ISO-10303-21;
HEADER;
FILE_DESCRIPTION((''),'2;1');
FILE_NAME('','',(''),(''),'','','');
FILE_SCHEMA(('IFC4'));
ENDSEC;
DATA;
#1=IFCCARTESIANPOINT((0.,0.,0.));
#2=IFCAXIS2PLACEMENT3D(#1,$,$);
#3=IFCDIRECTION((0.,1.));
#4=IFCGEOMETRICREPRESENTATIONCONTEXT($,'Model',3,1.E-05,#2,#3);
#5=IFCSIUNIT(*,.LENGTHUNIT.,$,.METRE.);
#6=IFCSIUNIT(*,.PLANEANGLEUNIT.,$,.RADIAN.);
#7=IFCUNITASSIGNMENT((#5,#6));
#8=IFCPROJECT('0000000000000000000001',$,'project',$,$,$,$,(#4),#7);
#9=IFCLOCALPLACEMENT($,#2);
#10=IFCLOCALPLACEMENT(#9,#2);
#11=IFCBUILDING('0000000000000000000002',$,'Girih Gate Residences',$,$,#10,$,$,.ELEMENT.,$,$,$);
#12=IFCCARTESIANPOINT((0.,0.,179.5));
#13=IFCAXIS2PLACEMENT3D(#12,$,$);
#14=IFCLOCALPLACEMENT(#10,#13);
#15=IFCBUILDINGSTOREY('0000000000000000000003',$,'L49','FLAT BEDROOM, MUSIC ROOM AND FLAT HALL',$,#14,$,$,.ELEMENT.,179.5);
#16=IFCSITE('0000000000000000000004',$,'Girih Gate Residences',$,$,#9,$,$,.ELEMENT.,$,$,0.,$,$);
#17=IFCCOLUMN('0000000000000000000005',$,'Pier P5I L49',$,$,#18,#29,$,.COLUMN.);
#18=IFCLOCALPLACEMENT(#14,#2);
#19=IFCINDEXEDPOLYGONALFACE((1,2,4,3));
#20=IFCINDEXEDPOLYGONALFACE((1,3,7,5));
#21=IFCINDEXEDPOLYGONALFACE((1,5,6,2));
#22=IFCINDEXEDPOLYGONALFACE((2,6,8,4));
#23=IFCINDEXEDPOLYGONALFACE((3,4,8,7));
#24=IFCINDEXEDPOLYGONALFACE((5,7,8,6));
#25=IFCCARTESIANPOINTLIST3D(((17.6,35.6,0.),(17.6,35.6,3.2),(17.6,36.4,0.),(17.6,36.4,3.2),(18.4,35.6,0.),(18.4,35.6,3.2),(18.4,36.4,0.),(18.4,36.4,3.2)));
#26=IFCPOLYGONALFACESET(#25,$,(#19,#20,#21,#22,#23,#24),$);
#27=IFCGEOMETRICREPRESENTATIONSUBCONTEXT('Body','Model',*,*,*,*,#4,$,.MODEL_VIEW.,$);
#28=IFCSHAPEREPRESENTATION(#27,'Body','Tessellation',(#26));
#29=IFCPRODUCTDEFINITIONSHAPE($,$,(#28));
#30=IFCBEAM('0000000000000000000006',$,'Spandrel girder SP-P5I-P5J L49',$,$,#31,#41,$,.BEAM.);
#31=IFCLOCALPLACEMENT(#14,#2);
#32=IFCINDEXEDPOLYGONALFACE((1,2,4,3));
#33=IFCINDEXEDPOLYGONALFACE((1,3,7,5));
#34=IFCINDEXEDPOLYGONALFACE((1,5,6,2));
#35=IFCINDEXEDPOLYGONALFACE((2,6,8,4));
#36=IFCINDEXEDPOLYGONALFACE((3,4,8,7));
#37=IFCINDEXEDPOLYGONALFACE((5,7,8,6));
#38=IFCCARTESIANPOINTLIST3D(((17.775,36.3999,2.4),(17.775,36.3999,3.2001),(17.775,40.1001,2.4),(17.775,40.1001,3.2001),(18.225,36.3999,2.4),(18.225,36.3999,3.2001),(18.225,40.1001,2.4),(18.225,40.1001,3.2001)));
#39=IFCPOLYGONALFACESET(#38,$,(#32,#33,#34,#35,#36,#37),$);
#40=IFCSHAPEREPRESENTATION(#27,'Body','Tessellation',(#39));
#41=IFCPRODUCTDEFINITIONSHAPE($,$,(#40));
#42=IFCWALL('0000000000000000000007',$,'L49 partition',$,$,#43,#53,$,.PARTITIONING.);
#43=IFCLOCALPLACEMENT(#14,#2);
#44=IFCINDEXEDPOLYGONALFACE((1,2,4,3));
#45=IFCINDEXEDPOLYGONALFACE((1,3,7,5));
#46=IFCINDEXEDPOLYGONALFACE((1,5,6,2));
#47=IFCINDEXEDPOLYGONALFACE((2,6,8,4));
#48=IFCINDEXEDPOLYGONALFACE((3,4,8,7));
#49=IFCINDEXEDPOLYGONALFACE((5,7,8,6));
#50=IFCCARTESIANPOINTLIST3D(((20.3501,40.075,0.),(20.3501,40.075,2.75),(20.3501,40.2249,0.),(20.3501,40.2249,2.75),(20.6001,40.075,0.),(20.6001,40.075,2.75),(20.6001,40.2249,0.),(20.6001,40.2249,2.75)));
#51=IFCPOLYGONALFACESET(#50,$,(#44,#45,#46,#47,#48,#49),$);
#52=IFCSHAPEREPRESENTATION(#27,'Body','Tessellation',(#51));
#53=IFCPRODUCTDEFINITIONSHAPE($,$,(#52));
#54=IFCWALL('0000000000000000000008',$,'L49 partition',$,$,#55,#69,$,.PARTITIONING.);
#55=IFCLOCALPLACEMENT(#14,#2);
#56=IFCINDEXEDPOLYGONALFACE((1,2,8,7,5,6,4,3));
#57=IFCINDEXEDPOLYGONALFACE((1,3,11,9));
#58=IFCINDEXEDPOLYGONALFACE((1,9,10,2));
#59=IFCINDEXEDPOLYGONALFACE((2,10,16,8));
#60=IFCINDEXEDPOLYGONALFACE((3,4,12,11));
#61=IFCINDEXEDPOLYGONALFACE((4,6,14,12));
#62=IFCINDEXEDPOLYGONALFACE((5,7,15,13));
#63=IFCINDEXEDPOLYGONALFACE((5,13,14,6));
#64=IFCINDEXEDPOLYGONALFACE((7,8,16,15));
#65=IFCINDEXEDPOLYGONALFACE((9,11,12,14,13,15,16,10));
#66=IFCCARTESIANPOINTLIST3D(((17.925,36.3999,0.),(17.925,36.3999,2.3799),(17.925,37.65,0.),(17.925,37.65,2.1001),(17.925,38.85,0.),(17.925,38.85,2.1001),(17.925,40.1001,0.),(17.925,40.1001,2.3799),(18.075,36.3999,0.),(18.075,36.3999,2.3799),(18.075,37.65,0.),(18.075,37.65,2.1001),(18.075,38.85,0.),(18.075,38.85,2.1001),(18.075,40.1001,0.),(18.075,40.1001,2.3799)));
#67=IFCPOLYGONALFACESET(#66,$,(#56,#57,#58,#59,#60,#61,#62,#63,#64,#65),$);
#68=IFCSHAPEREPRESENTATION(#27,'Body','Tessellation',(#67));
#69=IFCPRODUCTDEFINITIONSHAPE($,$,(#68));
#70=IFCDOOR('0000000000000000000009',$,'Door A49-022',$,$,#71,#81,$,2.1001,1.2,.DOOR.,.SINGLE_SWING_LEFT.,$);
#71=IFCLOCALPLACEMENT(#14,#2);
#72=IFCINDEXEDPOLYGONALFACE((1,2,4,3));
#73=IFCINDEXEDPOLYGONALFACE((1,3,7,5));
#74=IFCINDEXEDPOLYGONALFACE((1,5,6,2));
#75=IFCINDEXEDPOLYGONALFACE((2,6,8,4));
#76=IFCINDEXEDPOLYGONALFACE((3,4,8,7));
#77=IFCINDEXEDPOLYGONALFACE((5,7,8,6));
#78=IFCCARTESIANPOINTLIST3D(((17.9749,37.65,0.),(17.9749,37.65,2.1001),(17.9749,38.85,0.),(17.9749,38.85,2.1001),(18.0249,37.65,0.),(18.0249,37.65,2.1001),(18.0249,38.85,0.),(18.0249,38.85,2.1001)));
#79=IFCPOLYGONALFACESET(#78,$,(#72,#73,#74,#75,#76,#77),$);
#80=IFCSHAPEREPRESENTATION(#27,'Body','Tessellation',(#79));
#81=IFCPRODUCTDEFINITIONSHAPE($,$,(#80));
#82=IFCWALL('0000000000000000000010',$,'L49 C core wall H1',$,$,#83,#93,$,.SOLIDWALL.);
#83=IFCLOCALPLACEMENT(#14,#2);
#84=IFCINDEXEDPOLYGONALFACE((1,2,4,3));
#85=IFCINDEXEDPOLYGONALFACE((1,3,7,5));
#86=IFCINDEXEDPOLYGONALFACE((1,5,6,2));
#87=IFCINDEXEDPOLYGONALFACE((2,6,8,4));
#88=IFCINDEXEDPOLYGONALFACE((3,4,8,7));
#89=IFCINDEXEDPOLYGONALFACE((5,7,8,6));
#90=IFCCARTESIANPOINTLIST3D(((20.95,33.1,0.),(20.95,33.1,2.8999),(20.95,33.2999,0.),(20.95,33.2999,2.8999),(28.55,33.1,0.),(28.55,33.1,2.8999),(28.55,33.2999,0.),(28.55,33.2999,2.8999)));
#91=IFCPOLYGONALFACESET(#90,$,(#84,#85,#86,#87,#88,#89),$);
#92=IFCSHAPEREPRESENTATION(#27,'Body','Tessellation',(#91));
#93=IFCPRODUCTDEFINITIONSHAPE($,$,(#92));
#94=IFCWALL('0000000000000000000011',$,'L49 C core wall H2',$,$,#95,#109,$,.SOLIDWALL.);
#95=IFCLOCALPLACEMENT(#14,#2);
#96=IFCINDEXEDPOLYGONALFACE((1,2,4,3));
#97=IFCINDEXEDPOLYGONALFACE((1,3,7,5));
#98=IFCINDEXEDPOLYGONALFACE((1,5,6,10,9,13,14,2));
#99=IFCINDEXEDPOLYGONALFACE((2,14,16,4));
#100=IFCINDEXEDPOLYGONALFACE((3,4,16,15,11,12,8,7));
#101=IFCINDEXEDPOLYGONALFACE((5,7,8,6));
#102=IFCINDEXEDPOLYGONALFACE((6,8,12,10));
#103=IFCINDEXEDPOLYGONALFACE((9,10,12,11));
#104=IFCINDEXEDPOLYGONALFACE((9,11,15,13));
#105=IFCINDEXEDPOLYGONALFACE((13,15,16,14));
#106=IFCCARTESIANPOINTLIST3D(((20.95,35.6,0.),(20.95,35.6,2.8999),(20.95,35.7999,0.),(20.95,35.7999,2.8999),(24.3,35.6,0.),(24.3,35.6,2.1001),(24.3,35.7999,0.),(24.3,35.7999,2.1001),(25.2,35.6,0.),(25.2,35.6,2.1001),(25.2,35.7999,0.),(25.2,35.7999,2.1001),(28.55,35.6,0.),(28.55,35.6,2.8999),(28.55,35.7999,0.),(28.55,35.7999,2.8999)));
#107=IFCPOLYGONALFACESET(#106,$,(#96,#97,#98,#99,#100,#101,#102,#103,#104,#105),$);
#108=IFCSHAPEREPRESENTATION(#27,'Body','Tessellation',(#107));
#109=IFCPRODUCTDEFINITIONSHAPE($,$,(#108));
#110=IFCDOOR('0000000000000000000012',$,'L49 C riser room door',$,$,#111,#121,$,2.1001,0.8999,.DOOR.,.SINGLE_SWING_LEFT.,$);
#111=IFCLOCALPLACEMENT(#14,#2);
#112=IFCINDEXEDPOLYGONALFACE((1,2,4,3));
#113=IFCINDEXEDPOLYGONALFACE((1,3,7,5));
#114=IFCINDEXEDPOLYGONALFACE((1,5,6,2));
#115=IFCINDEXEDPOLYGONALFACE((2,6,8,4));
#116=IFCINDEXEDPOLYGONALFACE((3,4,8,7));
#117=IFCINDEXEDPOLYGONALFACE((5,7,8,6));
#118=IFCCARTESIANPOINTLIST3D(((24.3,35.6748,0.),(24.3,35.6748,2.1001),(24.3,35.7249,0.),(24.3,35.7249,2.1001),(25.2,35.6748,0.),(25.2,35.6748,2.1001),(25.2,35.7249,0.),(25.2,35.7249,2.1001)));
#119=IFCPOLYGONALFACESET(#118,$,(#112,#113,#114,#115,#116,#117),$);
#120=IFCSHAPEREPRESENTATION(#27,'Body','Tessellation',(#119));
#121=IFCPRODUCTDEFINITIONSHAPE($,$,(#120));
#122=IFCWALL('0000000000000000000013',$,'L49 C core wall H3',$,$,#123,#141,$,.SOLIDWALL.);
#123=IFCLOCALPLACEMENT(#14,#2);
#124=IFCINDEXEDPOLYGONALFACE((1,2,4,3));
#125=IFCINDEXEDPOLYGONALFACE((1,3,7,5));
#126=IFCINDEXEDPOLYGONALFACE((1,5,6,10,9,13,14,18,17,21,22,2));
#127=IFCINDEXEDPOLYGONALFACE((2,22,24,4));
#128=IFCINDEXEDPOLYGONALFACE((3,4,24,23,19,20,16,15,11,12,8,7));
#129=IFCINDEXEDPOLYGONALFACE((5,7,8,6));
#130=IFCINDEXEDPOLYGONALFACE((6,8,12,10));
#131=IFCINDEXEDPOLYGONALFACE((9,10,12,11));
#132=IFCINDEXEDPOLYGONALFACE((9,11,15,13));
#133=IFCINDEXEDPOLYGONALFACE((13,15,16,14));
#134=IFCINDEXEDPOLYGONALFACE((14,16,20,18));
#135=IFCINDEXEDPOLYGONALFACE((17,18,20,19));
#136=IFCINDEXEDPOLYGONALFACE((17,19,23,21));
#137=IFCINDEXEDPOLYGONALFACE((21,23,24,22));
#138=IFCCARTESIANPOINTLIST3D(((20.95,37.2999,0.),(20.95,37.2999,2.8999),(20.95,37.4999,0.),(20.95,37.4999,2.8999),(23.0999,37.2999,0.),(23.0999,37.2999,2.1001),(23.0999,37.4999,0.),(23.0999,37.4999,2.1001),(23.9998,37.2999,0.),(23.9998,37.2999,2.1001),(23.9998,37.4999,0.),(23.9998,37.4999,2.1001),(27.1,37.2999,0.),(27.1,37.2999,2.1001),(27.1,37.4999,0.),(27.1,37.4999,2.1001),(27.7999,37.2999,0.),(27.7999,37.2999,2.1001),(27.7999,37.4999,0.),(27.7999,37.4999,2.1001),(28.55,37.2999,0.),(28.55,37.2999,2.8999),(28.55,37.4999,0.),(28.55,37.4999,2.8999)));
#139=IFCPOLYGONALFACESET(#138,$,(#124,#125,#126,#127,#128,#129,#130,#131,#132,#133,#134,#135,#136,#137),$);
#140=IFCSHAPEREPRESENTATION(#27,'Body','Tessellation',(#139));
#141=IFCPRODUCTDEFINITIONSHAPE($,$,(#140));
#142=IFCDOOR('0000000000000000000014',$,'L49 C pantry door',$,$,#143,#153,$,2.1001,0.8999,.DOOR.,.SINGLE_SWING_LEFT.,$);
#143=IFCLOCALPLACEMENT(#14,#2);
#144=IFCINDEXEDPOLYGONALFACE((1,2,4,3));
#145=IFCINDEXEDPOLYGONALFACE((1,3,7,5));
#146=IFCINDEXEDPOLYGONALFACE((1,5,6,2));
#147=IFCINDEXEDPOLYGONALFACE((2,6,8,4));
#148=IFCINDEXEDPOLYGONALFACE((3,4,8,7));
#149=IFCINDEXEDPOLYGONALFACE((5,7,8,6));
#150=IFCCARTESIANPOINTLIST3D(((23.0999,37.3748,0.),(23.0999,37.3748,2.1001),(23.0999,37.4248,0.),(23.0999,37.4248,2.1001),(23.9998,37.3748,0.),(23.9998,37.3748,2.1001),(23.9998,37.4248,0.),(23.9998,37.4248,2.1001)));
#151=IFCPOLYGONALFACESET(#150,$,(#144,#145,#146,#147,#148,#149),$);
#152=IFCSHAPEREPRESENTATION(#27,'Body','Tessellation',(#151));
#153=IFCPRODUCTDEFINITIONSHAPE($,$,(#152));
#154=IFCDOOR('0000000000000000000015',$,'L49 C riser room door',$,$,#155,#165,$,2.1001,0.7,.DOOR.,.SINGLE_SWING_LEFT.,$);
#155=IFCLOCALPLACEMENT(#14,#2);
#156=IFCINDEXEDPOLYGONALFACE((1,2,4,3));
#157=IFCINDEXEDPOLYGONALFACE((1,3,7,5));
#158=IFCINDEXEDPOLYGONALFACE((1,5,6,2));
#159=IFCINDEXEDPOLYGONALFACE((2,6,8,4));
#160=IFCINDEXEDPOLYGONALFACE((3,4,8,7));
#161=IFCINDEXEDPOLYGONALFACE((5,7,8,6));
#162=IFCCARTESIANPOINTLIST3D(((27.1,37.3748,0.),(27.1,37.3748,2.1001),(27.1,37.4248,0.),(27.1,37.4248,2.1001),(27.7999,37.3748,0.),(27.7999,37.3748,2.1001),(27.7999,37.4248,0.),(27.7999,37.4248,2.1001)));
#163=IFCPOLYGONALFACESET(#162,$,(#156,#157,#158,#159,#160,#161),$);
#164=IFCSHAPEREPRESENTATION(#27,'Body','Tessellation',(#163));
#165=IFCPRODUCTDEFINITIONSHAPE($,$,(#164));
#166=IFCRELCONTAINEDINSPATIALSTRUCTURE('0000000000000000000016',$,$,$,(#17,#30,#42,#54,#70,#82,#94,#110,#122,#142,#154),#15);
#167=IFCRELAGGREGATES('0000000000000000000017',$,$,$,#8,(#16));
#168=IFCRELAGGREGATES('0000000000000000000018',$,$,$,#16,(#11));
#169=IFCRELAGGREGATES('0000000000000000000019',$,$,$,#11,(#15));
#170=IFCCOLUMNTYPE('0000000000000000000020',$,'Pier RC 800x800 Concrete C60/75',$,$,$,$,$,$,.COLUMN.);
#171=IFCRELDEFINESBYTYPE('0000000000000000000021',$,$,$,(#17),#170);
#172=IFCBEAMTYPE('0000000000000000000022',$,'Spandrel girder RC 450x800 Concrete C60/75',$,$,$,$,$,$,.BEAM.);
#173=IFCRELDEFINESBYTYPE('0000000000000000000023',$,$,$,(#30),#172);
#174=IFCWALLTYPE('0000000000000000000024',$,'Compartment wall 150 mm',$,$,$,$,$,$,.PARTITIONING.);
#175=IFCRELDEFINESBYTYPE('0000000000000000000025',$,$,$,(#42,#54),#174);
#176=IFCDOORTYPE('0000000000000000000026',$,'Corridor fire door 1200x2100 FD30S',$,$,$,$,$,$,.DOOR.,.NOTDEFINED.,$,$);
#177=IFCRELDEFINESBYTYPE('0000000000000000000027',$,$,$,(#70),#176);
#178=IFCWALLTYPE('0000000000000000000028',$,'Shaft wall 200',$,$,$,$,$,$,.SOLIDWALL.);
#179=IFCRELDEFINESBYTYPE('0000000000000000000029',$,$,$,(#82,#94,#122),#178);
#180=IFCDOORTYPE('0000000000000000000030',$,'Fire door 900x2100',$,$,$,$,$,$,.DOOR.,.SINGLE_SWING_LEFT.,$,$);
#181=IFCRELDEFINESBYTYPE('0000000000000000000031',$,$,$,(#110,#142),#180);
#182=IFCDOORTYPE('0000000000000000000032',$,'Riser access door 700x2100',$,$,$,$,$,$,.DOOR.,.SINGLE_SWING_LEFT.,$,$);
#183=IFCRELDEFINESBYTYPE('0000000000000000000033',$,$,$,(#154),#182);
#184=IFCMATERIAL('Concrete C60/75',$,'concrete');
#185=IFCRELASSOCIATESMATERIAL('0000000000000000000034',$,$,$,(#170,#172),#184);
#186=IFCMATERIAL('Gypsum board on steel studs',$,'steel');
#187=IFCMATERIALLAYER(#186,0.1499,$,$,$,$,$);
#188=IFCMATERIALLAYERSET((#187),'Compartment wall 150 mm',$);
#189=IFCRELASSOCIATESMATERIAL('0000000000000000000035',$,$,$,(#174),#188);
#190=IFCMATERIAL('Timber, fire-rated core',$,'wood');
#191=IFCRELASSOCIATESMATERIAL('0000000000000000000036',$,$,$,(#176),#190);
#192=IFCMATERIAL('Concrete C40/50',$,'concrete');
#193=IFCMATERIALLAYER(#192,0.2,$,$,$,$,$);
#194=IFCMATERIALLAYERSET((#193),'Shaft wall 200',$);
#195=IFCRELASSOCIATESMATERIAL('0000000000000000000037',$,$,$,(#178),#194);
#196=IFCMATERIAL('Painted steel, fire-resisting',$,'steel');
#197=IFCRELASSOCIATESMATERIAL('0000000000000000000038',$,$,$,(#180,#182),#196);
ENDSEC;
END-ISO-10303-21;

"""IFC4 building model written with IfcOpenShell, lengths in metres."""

from ifc_helpers import new_model, si_unit, direction, frame, frame_2d, origin, origin_2d, place, context, subcontext, project, spatial, rectangle, extrude, material, layer, layer_set, material_profile, profile_set, type_object, element, fill, save


model = new_model("IFC4")

# Units and contexts
model_context = context("Model", 3, precision=1e-05, world=origin(), true_north=direction((0.0, 1.0)))
body_context = subcontext(model_context, "Body", "Model", "MODEL_VIEW")
ifc_project = project(units=[si_unit("LENGTHUNIT", "METRE"), si_unit("PLANEANGLEUNIT", "RADIAN")], contexts=[model_context])

# Site, building, storey
site_placement = place(None, origin())
site = spatial("IfcSite", under=ifc_project, at=site_placement, Name="Girih Gate Residences", CompositionType="ELEMENT", RefElevation=0.0)
building_placement = place(site_placement, origin())
building = spatial("IfcBuilding", under=site, at=building_placement, Name="Girih Gate Residences", CompositionType="ELEMENT")
storey_placement = place(building_placement, frame((0.0, 0.0, 179.5)))
storey = spatial("IfcBuildingStorey", under=building, at=storey_placement, Name="L49", Description="FLAT BEDROOM, MUSIC ROOM AND FLAT HALL", CompositionType="ELEMENT", Elevation=179.5)

# Column
ifc_material_1 = material(Name="Concrete C60/75", Category="concrete")
ifc_material_profile_1 = material_profile(ifc_material_1, rectangle(XDim=0.8, YDim=0.8, at=origin_2d()))
ifc_profile_set_1 = profile_set([ifc_material_profile_1], Name="Concrete C60/75")
column_type = type_object("IfcColumnType", Name="Pier RC 800x800 Concrete C60/75", PredefinedType="COLUMN", material=ifc_profile_set_1)
column_placement = place(storey_placement, frame((18.0, 36.0, 0.0), z_axis=(0.0, 0.0, 1.0), x_axis=(1.0, 0.0, 0.0)))
element("IfcColumn", 1, at=column_placement, inside=storey, type_object=column_type, Name="Pier P5I L49", PredefinedType="COLUMN", context=body_context, shape_type="SweptSolid", body=[
    extrude(rectangle(XDim=0.8, YDim=0.8, at=origin_2d()), origin(), (0.0, 0.0, 1.0), 3.2),
])

# Beam
ifc_material_profile_2 = material_profile(ifc_material_1, rectangle(XDim=0.45, YDim=0.8, at=origin_2d()))
ifc_profile_set_2 = profile_set([ifc_material_profile_2], Name="Concrete C60/75")
beam_type = type_object("IfcBeamType", Name="Spandrel girder RC 450x800 Concrete C60/75", PredefinedType="BEAM", material=ifc_profile_set_2)
beam_placement = place(storey_placement, frame((18.0, 36.3999, 2.8), z_axis=(0.0, 1.0, 0.0), x_axis=(-1.0, 0.0, 0.0)))
element("IfcBeam", 2, at=beam_placement, inside=storey, type_object=beam_type, Name="Spandrel girder SP-P5I-P5J L49", PredefinedType="BEAM", context=body_context, shape_type="SweptSolid", body=[
    extrude(rectangle(XDim=0.45, YDim=0.8, at=origin_2d()), origin(), (0.0, 0.0, 1.0), 3.7002),
])

# Wall
ifc_material_2 = material(Name="Gypsum board on steel studs", Category="steel")
ifc_layer_1 = layer(ifc_material_2, 0.1499)
ifc_layer_set_1 = layer_set([ifc_layer_1], Name="Compartment wall 150 mm")
wall_type_1 = type_object("IfcWallType", Name="Compartment wall 150 mm", PredefinedType="PARTITIONING", material=ifc_layer_set_1)
wall_1_placement = place(storey_placement, frame((20.3501, 40.1499, 0.0), z_axis=(0.0, 0.0, 1.0), x_axis=(1.0, 0.0, 0.0)))
element("IfcWall", 3, at=wall_1_placement, inside=storey, type_object=wall_type_1, Name="L49 partition", PredefinedType="PARTITIONING", context=body_context, shape_type="SweptSolid", body=[
    extrude(rectangle(XDim=0.25, YDim=0.1499, at=frame_2d((0.125, 0.0))), origin(), (0.0, 0.0, 1.0), 2.75),
])

# Wall, opening, door
ifc_material_3 = material(Name="Timber, fire-rated core", Category="wood")
wall_2_placement = place(storey_placement, frame((18.0, 40.1001, 0.0), z_axis=(0.0, 0.0, 1.0), x_axis=(0.0, -1.0, 0.0)))
wall_2 = element("IfcWall", 4, at=wall_2_placement, inside=storey, type_object=wall_type_1, Name="L49 partition", PredefinedType="PARTITIONING", context=body_context, shape_type="SweptSolid", body=[
    extrude(rectangle(XDim=3.7002, YDim=0.1499, at=frame_2d((1.8501, 0.0))), origin(), (0.0, 0.0, 1.0), 2.3799),
])
opening_1_placement = place(wall_2_placement, frame((1.25, 0.0, 0.0)))
opening_1 = element("IfcOpeningElement", 5, at=opening_1_placement, cuts=wall_2, PredefinedType="OPENING", context=body_context, shape_type="SweptSolid", body=[
    extrude(rectangle(XDim=1.2, YDim=2.1001, at=frame_2d((0.6001, 1.05))), frame((0.0, 0.085, 0.0), z_axis=(0.0, -1.0, 0.0), x_axis=(1.0, 0.0, 0.0)), (0.0, 0.0, 1.0), 0.1699),
])
door_type_1 = type_object("IfcDoorType", Name="Corridor fire door 1200x2100 FD30S", OperationType="NOTDEFINED", PredefinedType="DOOR", material=ifc_material_3)
door_1_placement = place(opening_1_placement, origin())
door_1 = element("IfcDoor", 6, at=door_1_placement, inside=storey, type_object=door_type_1, Name="Door A49-022", OperationType="SINGLE_SWING_LEFT", OverallHeight=2.1001, OverallWidth=1.2, PredefinedType="DOOR", context=body_context, shape_type="SweptSolid", body=[
    extrude(rectangle(XDim=1.2, YDim=2.1001, at=frame_2d((0.6001, 1.05))), frame((0.0, 0.0249, 0.0), z_axis=(0.0, -1.0, 0.0), x_axis=(1.0, 0.0, 0.0)), (0.0, 0.0, 1.0), 0.05),
])
fill(opening_1, door_1)

# Wall
ifc_material_4 = material(Name="Concrete C40/50", Category="concrete")
ifc_layer_2 = layer(ifc_material_4, 0.2)
ifc_layer_set_2 = layer_set([ifc_layer_2], Name="Shaft wall 200")
wall_type_2 = type_object("IfcWallType", Name="Shaft wall 200", PredefinedType="SOLIDWALL", material=ifc_layer_set_2)
wall_3_placement = place(storey_placement, frame((20.95, 33.2, 0.0), z_axis=(0.0, 0.0, 1.0), x_axis=(1.0, 0.0, 0.0)))
element("IfcWall", 7, at=wall_3_placement, inside=storey, type_object=wall_type_2, Name="L49 C core wall H1", PredefinedType="SOLIDWALL", context=body_context, shape_type="SweptSolid", body=[
    extrude(rectangle(XDim=7.6001, YDim=0.2, at=frame_2d((3.8, 0.0))), origin(), (0.0, 0.0, 1.0), 2.8999),
])

# Wall, opening, door
wall_4_placement = place(storey_placement, frame((20.95, 35.7, 0.0), z_axis=(0.0, 0.0, 1.0), x_axis=(1.0, 0.0, 0.0)))
wall_4 = element("IfcWall", 8, at=wall_4_placement, inside=storey, type_object=wall_type_2, Name="L49 C core wall H2", PredefinedType="SOLIDWALL", context=body_context, shape_type="SweptSolid", body=[
    extrude(rectangle(XDim=7.6001, YDim=0.2, at=frame_2d((3.8, 0.0))), origin(), (0.0, 0.0, 1.0), 2.8999),
])
opening_2_placement = place(wall_4_placement, frame((3.3501, 0.0, 0.0)))
opening_2 = element("IfcOpeningElement", 9, at=opening_2_placement, cuts=wall_4, PredefinedType="OPENING", context=body_context, shape_type="SweptSolid", body=[
    extrude(rectangle(XDim=0.8999, YDim=2.1001, at=frame_2d((0.45, 1.05))), frame((0.0, 0.1099, 0.0), z_axis=(0.0, -1.0, 0.0), x_axis=(1.0, 0.0, 0.0)), (0.0, 0.0, 1.0), 0.22),
])
ifc_material_5 = material(Name="Painted steel, fire-resisting", Category="steel")
door_type_2 = type_object("IfcDoorType", Name="Fire door 900x2100", OperationType="SINGLE_SWING_LEFT", PredefinedType="DOOR", material=ifc_material_5)
door_2_placement = place(opening_2_placement, origin())
door_2 = element("IfcDoor", 10, at=door_2_placement, inside=storey, type_object=door_type_2, Name="L49 C riser room door", OperationType="SINGLE_SWING_LEFT", OverallHeight=2.1001, OverallWidth=0.8999, PredefinedType="DOOR", context=body_context, shape_type="SweptSolid", body=[
    extrude(rectangle(XDim=0.8999, YDim=2.1001, at=frame_2d((0.45, 1.05))), frame((0.0, 0.0249, 0.0), z_axis=(0.0, -1.0, 0.0), x_axis=(1.0, 0.0, 0.0)), (0.0, 0.0, 1.0), 0.05),
])
fill(opening_2, door_2)

# Wall, openings, doors
wall_5_placement = place(storey_placement, frame((20.95, 37.3999, 0.0), z_axis=(0.0, 0.0, 1.0), x_axis=(1.0, 0.0, 0.0)))
wall_5 = element("IfcWall", 11, at=wall_5_placement, inside=storey, type_object=wall_type_2, Name="L49 C core wall H3", PredefinedType="SOLIDWALL", context=body_context, shape_type="SweptSolid", body=[
    extrude(rectangle(XDim=7.6001, YDim=0.2, at=frame_2d((3.8, 0.0))), origin(), (0.0, 0.0, 1.0), 2.8999),
])
opening_3_placement = place(wall_5_placement, frame((6.1499, 0.0, 0.0)))
opening_3 = element("IfcOpeningElement", 12, at=opening_3_placement, cuts=wall_5, PredefinedType="OPENING", context=body_context, shape_type="SweptSolid", body=[
    extrude(rectangle(XDim=0.7, YDim=2.1001, at=frame_2d((0.3501, 1.05))), frame((0.0, 0.1099, 0.0), z_axis=(0.0, -1.0, 0.0), x_axis=(1.0, 0.0, 0.0)), (0.0, 0.0, 1.0), 0.22),
])
opening_4_placement = place(wall_5_placement, frame((2.1499, 0.0, 0.0)))
opening_4 = element("IfcOpeningElement", 13, at=opening_4_placement, cuts=wall_5, PredefinedType="OPENING", context=body_context, shape_type="SweptSolid", body=[
    extrude(rectangle(XDim=0.8999, YDim=2.1001, at=frame_2d((0.45, 1.05))), frame((0.0, 0.1099, 0.0), z_axis=(0.0, -1.0, 0.0), x_axis=(1.0, 0.0, 0.0)), (0.0, 0.0, 1.0), 0.22),
])
door_3_placement = place(opening_4_placement, origin())
door_3 = element("IfcDoor", 14, at=door_3_placement, inside=storey, type_object=door_type_2, Name="L49 C pantry door", OperationType="SINGLE_SWING_LEFT", OverallHeight=2.1001, OverallWidth=0.8999, PredefinedType="DOOR", context=body_context, shape_type="SweptSolid", body=[
    extrude(rectangle(XDim=0.8999, YDim=2.1001, at=frame_2d((0.45, 1.05))), frame((0.0, 0.0249, 0.0), z_axis=(0.0, -1.0, 0.0), x_axis=(1.0, 0.0, 0.0)), (0.0, 0.0, 1.0), 0.05),
])
fill(opening_4, door_3)
door_type_3 = type_object("IfcDoorType", Name="Riser access door 700x2100", OperationType="SINGLE_SWING_LEFT", PredefinedType="DOOR", material=ifc_material_5)
door_4_placement = place(opening_3_placement, origin())
door_4 = element("IfcDoor", 15, at=door_4_placement, inside=storey, type_object=door_type_3, Name="L49 C riser room door", OperationType="SINGLE_SWING_LEFT", OverallHeight=2.1001, OverallWidth=0.7, PredefinedType="DOOR", context=body_context, shape_type="SweptSolid", body=[
    extrude(rectangle(XDim=0.7, YDim=2.1001, at=frame_2d((0.3501, 1.05))), frame((0.0, 0.0249, 0.0), z_axis=(0.0, -1.0, 0.0), x_axis=(1.0, 0.0, 0.0)), (0.0, 0.0, 1.0), 0.05),
])
fill(opening_3, door_4)

save(model, "model.ifc")
